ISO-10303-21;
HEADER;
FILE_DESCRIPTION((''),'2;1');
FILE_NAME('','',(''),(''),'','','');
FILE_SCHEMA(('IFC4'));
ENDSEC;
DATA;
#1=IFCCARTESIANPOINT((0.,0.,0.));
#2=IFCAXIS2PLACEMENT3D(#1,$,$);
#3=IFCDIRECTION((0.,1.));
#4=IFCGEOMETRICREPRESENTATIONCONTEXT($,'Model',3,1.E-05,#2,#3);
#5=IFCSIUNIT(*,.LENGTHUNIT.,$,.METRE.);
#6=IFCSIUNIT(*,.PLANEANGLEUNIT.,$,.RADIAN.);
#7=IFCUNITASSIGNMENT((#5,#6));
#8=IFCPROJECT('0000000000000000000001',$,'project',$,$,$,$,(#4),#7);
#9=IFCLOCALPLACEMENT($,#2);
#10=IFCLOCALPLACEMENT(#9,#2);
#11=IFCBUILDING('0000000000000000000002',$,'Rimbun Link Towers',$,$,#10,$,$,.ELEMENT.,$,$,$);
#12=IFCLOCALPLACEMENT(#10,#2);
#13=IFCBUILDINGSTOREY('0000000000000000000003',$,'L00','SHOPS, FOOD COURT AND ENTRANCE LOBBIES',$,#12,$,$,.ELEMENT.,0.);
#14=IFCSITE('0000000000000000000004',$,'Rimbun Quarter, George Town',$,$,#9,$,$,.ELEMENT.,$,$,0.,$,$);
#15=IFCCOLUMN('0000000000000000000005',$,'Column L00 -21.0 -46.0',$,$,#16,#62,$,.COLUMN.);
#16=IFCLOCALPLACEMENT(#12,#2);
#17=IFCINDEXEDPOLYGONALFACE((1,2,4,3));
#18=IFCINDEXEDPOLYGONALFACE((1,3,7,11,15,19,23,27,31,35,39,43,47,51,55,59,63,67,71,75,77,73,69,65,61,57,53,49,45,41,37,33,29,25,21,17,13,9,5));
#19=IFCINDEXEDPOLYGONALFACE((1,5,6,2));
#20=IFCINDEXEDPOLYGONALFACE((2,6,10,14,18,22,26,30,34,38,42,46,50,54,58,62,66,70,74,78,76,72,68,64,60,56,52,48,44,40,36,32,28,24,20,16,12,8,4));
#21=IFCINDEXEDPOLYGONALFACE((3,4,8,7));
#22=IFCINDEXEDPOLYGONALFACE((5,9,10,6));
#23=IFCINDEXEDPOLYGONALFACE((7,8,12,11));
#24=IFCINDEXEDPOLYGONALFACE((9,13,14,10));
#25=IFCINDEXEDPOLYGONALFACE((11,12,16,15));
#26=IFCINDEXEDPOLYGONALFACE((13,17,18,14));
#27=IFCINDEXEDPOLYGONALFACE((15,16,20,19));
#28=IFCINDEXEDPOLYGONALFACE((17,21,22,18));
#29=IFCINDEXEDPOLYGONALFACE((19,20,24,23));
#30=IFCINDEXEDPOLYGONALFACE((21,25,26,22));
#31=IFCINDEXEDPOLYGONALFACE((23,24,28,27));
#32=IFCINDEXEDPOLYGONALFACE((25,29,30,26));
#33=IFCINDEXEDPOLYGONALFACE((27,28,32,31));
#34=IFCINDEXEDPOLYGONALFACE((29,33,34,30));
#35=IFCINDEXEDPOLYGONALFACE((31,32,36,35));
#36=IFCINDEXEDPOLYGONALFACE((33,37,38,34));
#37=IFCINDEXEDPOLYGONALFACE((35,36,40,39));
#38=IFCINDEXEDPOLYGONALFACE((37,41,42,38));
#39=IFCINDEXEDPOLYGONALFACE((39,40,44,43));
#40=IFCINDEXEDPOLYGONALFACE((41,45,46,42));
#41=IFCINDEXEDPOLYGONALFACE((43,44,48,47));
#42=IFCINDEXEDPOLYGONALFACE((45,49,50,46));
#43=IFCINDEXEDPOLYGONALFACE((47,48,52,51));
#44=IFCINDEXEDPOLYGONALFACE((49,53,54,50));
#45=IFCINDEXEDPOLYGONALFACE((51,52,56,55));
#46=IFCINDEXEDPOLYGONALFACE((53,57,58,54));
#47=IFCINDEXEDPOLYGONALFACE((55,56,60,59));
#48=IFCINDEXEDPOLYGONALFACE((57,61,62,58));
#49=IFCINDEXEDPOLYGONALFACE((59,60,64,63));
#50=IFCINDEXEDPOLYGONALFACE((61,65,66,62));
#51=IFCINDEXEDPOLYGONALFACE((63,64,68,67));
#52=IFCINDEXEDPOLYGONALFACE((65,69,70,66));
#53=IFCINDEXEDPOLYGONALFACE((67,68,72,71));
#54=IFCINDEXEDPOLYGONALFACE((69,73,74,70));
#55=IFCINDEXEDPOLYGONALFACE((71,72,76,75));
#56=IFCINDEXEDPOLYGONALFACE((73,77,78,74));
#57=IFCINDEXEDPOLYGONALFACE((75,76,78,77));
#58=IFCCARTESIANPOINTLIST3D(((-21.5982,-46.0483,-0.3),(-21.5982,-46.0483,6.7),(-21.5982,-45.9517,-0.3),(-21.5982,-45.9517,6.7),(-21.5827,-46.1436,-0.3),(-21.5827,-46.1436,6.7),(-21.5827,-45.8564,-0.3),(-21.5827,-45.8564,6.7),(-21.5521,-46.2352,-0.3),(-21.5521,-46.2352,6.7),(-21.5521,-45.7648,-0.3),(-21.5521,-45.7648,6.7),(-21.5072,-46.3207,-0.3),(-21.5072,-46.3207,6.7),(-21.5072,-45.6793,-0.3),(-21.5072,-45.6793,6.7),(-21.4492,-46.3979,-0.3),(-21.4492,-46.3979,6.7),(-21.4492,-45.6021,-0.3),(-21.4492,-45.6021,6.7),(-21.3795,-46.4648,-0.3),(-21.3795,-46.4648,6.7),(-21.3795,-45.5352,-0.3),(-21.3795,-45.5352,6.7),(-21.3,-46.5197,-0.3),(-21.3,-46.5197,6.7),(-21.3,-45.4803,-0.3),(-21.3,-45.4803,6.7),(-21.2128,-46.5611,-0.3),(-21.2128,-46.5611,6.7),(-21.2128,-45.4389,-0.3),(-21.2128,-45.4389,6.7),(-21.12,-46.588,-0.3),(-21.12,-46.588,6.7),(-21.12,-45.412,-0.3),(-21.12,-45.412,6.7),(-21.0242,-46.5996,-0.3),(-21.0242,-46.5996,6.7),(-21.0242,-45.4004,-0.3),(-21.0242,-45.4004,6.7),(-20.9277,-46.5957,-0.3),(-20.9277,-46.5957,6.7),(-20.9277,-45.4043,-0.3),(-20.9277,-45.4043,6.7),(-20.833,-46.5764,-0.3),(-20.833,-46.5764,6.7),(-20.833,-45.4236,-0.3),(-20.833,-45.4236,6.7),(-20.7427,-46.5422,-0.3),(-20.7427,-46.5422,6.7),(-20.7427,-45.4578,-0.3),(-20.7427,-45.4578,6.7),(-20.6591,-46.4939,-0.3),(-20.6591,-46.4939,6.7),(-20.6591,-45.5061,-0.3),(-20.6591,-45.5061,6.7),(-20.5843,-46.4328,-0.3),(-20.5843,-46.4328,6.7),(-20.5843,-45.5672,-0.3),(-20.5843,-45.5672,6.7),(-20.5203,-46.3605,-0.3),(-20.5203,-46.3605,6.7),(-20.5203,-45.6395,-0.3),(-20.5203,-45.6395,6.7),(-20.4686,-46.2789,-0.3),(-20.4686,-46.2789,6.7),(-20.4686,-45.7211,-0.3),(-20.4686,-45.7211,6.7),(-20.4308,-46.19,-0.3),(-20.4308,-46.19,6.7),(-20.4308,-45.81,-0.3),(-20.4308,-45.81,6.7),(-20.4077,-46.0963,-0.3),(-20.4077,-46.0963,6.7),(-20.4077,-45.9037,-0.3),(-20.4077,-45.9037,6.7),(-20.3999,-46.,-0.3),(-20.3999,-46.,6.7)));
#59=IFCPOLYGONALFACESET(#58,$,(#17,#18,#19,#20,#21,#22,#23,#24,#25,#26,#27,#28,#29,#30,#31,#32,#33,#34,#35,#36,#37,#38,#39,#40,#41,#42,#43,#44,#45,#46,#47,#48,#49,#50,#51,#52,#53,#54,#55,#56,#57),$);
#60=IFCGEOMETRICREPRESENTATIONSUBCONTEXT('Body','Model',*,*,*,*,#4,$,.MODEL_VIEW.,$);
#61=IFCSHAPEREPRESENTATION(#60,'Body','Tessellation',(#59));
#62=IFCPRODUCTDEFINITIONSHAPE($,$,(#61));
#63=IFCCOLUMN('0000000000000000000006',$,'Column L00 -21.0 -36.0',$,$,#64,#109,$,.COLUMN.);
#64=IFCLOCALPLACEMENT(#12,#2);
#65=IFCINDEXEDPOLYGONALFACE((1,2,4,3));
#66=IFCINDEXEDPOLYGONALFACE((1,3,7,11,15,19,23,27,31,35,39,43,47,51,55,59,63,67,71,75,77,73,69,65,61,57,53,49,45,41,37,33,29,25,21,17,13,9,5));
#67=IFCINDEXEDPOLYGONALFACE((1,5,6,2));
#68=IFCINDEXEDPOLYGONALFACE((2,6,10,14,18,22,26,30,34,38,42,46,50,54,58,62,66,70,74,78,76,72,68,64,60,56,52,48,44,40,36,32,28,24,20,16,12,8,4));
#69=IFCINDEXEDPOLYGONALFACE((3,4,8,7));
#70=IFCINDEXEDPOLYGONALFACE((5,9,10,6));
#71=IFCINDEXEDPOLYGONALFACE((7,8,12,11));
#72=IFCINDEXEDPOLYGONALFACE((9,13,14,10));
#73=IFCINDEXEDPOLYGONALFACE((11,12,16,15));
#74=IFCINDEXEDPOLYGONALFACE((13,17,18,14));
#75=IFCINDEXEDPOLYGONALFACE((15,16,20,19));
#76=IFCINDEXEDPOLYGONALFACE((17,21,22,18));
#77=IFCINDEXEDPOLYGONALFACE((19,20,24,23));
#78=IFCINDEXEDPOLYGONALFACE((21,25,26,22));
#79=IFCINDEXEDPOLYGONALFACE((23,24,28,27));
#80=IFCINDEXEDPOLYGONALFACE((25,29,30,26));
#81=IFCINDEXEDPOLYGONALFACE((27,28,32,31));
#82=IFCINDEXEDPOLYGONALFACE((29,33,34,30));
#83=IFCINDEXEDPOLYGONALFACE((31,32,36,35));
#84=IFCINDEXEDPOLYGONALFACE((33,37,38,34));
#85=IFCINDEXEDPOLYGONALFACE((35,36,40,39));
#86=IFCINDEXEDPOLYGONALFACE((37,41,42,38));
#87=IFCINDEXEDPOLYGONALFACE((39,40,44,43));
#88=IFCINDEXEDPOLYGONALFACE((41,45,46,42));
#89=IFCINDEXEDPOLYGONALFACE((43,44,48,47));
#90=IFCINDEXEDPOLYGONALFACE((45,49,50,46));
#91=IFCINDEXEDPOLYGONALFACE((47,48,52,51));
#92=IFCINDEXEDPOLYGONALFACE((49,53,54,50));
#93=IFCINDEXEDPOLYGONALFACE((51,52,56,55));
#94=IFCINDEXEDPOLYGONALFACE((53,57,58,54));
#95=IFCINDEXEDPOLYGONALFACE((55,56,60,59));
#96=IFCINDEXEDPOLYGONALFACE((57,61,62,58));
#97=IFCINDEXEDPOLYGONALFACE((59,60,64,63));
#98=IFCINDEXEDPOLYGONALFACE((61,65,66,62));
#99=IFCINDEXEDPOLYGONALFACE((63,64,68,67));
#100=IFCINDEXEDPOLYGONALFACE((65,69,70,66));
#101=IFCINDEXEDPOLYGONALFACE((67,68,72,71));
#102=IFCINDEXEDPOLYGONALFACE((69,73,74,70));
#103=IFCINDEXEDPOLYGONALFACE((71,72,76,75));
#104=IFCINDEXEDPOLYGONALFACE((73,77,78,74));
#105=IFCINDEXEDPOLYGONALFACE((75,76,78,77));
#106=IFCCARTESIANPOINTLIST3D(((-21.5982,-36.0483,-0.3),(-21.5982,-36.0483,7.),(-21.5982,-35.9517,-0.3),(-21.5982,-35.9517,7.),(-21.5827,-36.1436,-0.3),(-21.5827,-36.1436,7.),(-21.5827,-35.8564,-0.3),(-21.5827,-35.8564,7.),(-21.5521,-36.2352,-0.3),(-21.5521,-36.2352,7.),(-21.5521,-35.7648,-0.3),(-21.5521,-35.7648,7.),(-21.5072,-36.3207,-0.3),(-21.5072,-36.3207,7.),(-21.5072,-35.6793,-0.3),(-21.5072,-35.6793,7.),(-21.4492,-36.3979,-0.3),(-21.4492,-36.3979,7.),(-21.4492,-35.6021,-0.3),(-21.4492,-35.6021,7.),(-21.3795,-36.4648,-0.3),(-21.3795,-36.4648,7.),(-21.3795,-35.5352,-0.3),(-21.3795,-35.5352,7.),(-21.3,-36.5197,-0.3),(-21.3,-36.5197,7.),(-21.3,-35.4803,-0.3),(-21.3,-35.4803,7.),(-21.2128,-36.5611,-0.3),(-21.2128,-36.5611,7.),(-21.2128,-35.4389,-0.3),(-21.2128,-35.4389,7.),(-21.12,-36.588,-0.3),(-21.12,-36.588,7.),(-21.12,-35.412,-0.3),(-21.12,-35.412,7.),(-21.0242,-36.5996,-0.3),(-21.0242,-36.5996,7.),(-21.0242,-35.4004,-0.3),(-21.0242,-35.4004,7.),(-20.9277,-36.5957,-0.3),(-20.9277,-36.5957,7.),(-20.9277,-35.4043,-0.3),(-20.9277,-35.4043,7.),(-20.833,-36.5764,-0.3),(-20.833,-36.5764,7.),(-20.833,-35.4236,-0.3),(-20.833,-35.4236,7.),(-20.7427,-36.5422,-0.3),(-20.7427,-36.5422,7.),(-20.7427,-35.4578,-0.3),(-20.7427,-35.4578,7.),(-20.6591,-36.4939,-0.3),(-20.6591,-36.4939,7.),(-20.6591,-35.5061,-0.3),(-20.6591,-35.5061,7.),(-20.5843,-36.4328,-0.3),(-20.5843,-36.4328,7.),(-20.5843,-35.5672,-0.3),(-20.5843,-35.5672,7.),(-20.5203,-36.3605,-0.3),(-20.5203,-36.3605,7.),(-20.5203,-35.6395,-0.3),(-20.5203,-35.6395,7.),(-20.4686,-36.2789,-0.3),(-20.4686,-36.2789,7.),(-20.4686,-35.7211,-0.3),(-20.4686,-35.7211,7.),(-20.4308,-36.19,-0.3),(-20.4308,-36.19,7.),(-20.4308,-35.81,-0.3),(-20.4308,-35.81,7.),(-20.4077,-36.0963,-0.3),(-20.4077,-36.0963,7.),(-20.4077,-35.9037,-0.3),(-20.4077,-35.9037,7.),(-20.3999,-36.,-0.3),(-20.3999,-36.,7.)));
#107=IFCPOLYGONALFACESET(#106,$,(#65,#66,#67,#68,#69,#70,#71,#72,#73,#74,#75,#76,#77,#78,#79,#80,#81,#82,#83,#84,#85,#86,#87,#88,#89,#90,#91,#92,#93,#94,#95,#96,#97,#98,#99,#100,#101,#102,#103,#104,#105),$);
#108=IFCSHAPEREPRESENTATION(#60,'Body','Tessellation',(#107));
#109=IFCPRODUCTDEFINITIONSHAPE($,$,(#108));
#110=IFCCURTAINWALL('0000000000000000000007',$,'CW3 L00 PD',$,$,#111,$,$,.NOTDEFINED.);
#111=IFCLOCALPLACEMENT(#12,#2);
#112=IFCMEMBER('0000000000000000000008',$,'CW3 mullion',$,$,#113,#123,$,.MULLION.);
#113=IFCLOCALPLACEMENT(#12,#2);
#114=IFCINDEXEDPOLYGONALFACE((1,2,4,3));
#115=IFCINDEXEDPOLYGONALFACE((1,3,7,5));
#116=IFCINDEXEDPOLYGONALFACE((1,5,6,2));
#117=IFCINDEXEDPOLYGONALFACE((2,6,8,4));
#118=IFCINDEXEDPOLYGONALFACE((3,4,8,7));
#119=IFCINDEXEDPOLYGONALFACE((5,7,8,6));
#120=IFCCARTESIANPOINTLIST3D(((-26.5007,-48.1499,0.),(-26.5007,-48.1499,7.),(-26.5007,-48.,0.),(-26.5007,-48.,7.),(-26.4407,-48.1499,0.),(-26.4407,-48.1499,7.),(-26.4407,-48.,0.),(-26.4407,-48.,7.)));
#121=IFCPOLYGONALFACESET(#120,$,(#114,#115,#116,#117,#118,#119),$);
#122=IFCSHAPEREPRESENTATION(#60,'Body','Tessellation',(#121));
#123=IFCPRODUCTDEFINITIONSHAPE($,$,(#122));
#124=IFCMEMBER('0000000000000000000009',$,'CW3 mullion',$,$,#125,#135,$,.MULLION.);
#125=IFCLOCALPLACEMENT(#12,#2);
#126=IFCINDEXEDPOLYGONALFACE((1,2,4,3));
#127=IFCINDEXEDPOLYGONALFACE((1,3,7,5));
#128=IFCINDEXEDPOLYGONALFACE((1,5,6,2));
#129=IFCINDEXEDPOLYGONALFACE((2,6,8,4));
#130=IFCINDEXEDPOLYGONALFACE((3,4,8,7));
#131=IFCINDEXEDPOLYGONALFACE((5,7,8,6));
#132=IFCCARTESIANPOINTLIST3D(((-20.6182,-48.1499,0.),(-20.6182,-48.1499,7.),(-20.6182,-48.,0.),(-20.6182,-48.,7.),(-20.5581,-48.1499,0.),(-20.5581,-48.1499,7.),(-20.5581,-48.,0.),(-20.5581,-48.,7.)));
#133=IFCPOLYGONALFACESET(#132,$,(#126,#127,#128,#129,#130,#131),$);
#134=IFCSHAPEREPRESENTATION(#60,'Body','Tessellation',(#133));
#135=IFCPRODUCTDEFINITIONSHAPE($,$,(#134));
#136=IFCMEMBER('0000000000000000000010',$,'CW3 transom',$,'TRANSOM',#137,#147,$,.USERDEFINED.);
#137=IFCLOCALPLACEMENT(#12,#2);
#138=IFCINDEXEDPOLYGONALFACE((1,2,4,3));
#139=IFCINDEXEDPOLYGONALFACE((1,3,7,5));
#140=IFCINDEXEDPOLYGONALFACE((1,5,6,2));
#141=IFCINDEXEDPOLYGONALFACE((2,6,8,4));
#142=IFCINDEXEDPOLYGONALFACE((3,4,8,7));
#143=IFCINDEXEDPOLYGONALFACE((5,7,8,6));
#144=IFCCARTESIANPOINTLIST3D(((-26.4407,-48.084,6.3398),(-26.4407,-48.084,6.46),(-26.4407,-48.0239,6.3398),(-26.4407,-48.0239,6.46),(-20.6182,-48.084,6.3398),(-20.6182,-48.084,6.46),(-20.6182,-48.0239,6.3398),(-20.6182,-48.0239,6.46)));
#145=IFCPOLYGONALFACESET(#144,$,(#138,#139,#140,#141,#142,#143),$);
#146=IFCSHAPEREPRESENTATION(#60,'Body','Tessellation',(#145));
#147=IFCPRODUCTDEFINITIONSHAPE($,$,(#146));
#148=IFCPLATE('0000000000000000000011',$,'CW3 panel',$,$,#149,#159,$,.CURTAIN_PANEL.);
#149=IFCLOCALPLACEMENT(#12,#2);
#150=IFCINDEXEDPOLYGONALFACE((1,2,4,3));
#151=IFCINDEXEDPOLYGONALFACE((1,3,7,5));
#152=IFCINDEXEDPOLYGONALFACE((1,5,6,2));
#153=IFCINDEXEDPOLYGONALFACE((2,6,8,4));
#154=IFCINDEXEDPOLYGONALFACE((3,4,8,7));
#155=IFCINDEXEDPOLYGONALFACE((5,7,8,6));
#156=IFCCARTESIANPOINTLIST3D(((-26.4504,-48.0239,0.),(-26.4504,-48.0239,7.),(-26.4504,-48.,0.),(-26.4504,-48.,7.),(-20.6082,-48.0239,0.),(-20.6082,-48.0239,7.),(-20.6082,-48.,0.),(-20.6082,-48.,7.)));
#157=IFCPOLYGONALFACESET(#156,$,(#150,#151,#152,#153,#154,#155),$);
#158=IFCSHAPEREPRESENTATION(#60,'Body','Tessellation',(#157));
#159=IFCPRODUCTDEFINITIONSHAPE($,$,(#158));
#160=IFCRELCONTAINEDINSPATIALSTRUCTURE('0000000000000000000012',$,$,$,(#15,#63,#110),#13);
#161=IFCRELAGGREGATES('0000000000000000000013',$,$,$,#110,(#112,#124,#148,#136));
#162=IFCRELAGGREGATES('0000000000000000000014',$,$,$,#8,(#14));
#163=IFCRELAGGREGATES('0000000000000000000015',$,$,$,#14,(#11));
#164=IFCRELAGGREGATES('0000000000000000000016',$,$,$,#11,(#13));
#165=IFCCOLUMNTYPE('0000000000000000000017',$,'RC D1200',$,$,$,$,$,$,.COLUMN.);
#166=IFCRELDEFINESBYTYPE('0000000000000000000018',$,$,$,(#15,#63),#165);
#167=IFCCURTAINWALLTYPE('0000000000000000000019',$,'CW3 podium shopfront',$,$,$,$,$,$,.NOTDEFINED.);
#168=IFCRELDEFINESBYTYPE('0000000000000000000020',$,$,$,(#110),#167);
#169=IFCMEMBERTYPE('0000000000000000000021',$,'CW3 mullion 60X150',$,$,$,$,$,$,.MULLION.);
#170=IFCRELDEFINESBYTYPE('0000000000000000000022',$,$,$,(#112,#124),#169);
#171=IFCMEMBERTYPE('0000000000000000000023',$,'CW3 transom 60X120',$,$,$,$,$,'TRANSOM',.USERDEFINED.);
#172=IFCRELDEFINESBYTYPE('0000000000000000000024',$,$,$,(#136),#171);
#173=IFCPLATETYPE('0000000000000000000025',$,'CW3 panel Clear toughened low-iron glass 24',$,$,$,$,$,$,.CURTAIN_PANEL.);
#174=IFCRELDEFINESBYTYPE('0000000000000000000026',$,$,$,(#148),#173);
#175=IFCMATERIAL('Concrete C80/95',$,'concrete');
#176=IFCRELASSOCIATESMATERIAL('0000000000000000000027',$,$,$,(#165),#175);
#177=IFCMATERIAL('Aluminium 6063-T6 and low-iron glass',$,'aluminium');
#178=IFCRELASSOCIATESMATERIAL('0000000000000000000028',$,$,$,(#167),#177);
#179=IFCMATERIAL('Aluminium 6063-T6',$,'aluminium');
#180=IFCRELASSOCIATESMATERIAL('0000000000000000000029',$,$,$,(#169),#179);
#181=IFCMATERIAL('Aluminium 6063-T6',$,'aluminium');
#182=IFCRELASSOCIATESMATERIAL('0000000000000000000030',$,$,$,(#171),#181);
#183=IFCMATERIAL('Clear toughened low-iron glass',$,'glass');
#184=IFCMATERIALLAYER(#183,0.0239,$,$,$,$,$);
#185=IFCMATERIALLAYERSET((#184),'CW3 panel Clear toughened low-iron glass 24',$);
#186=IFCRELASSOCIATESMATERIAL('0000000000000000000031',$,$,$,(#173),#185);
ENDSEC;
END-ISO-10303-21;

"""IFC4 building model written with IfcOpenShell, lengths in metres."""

from ifc_helpers import new_model, si_unit, direction, frame, origin, origin_2d, place, context, subcontext, project, spatial, rectangle, circle, extrude, material, layer, layer_set, material_profile, profile_set, type_object, element, aggregate, save


model = new_model("IFC4")

# Units and contexts
model_context = context("Model", 3, precision=1e-05, world=origin(), true_north=direction((0.0, 1.0)))
body_context = subcontext(model_context, "Body", "Model", "MODEL_VIEW")
ifc_project = project(units=[si_unit("LENGTHUNIT", "METRE"), si_unit("PLANEANGLEUNIT", "RADIAN")], contexts=[model_context])

# Site, building, storey
site_placement = place(None, origin())
site = spatial("IfcSite", under=ifc_project, at=site_placement, Name="Rimbun Quarter, George Town", CompositionType="ELEMENT", RefElevation=0.0)
building_placement = place(site_placement, origin())
building = spatial("IfcBuilding", under=site, at=building_placement, Name="Rimbun Link Towers", CompositionType="ELEMENT")
storey_placement = place(building_placement, origin())
storey = spatial("IfcBuildingStorey", under=building, at=storey_placement, Name="L00", Description="SHOPS, FOOD COURT AND ENTRANCE LOBBIES", CompositionType="ELEMENT", Elevation=0.0)

# Columns
ifc_material_1 = material(Name="Concrete C80/95", Category="concrete")
ifc_material_profile_1 = material_profile(ifc_material_1, circle(Radius=0.6001, at=origin_2d()), Name="RC D1200")
ifc_profile_set_1 = profile_set([ifc_material_profile_1], Name="Concrete C80/95")
column_type = type_object("IfcColumnType", Name="RC D1200", PredefinedType="COLUMN", material=ifc_profile_set_1)
column_1_placement = place(storey_placement, frame((-21.0, -46.0, -0.3), z_axis=(0.0, 0.0, 1.0), x_axis=(1.0, 0.0, 0.0)))
element("IfcColumn", 1, at=column_1_placement, inside=storey, type_object=column_type, Name="Column L00 -21.0 -46.0", PredefinedType="COLUMN", context=body_context, shape_type="SweptSolid", body=[
    extrude(circle(Radius=0.6001, at=origin_2d()), origin(), (0.0, 0.0, 1.0), 7.0),
])
column_2_placement = place(storey_placement, frame((-21.0, -36.0, -0.3), z_axis=(0.0, 0.0, 1.0), x_axis=(1.0, 0.0, 0.0)))
element("IfcColumn", 2, at=column_2_placement, inside=storey, type_object=column_type, Name="Column L00 -21.0 -36.0", PredefinedType="COLUMN", context=body_context, shape_type="SweptSolid", body=[
    extrude(circle(Radius=0.6001, at=origin_2d()), origin(), (0.0, 0.0, 1.0), 7.3),
])

# Curtain wall, members, plate
ifc_material_2 = material(Name="Aluminium 6063-T6 and low-iron glass", Category="aluminium")
curtain_wall_type = type_object("IfcCurtainWallType", Name="CW3 podium shopfront", PredefinedType="NOTDEFINED", material=ifc_material_2)
curtain_wall_placement = place(storey_placement, origin())
curtain_wall = element("IfcCurtainWall", 3, at=curtain_wall_placement, inside=storey, type_object=curtain_wall_type, Name="CW3 L00 PD", PredefinedType="NOTDEFINED")
ifc_material_3 = material(Name="Aluminium 6063-T6", Category="aluminium")
ifc_material_profile_2 = material_profile(ifc_material_3, rectangle(XDim=0.1499, YDim=0.0601, at=origin_2d()), Name="MULLION 60X150")
ifc_profile_set_2 = profile_set([ifc_material_profile_2], Name="Aluminium 6063-T6")
member_type_1 = type_object("IfcMemberType", Name="CW3 mullion 60X150", PredefinedType="MULLION", material=ifc_profile_set_2)
member_1_placement = place(storey_placement, frame((-26.4707, -48.075, 0.0), z_axis=(0.0, 0.0, 1.0), x_axis=(0.0, -1.0, 0.0)))
member_1 = element("IfcMember", 4, at=member_1_placement, type_object=member_type_1, Name="CW3 mullion", PredefinedType="MULLION", context=body_context, shape_type="SweptSolid", body=[
    extrude(rectangle(XDim=0.1499, YDim=0.0601, at=origin_2d()), origin(), (0.0, 0.0, 1.0), 7.0),
])
member_2_placement = place(storey_placement, frame((-20.5881, -48.075, 0.0), z_axis=(0.0, 0.0, 1.0), x_axis=(0.0, -1.0, 0.0)))
member_2 = element("IfcMember", 5, at=member_2_placement, type_object=member_type_1, Name="CW3 mullion", PredefinedType="MULLION", context=body_context, shape_type="SweptSolid", body=[
    extrude(rectangle(XDim=0.1499, YDim=0.0601, at=origin_2d()), origin(), (0.0, 0.0, 1.0), 7.0),
])
ifc_material_4 = material(Name="Aluminium 6063-T6", Category="aluminium")
ifc_material_profile_3 = material_profile(ifc_material_4, rectangle(XDim=0.0601, YDim=0.1201, at=origin_2d()), Name="TRANSOM 60X120")
ifc_profile_set_3 = profile_set([ifc_material_profile_3], Name="Aluminium 6063-T6")
member_type_2 = type_object("IfcMemberType", Name="CW3 transom 60X120", ElementType="TRANSOM", PredefinedType="USERDEFINED", material=ifc_profile_set_3)
member_3_placement = place(storey_placement, frame((-20.6182, -48.054, 6.3999), z_axis=(-1.0, 0.0, 0.0), x_axis=(0.0, -1.0, 0.0)))
member_3 = element("IfcMember", 6, at=member_3_placement, type_object=member_type_2, Name="CW3 transom", ObjectType="TRANSOM", PredefinedType="USERDEFINED", context=body_context, shape_type="SweptSolid", body=[
    extrude(rectangle(XDim=0.0601, YDim=0.1201, at=origin_2d()), origin(), (0.0, 0.0, 1.0), 5.8225),
])
ifc_material_5 = material(Name="Clear toughened low-iron glass", Category="glass")
ifc_layer_1 = layer(ifc_material_5, 0.0239)
ifc_layer_set_1 = layer_set([ifc_layer_1], Name="CW3 panel Clear toughened low-iron glass 24")
plate_type = type_object("IfcPlateType", Name="CW3 panel Clear toughened low-iron glass 24", PredefinedType="CURTAIN_PANEL", material=ifc_layer_set_1)
plate_placement = place(storey_placement, frame((-23.5293, -48.012, 0.0), z_axis=(0.0, 0.0, 1.0), x_axis=(-1.0, 0.0, 0.0)))
plate = element("IfcPlate", 7, at=plate_placement, type_object=plate_type, Name="CW3 panel", PredefinedType="CURTAIN_PANEL", context=body_context, shape_type="SweptSolid", body=[
    extrude(rectangle(XDim=5.8423, YDim=0.0239, at=origin_2d()), origin(), (0.0, 0.0, 1.0), 7.0),
])
aggregate(curtain_wall, [member_1, member_2, plate, member_3])

save(model, "model.ifc")
